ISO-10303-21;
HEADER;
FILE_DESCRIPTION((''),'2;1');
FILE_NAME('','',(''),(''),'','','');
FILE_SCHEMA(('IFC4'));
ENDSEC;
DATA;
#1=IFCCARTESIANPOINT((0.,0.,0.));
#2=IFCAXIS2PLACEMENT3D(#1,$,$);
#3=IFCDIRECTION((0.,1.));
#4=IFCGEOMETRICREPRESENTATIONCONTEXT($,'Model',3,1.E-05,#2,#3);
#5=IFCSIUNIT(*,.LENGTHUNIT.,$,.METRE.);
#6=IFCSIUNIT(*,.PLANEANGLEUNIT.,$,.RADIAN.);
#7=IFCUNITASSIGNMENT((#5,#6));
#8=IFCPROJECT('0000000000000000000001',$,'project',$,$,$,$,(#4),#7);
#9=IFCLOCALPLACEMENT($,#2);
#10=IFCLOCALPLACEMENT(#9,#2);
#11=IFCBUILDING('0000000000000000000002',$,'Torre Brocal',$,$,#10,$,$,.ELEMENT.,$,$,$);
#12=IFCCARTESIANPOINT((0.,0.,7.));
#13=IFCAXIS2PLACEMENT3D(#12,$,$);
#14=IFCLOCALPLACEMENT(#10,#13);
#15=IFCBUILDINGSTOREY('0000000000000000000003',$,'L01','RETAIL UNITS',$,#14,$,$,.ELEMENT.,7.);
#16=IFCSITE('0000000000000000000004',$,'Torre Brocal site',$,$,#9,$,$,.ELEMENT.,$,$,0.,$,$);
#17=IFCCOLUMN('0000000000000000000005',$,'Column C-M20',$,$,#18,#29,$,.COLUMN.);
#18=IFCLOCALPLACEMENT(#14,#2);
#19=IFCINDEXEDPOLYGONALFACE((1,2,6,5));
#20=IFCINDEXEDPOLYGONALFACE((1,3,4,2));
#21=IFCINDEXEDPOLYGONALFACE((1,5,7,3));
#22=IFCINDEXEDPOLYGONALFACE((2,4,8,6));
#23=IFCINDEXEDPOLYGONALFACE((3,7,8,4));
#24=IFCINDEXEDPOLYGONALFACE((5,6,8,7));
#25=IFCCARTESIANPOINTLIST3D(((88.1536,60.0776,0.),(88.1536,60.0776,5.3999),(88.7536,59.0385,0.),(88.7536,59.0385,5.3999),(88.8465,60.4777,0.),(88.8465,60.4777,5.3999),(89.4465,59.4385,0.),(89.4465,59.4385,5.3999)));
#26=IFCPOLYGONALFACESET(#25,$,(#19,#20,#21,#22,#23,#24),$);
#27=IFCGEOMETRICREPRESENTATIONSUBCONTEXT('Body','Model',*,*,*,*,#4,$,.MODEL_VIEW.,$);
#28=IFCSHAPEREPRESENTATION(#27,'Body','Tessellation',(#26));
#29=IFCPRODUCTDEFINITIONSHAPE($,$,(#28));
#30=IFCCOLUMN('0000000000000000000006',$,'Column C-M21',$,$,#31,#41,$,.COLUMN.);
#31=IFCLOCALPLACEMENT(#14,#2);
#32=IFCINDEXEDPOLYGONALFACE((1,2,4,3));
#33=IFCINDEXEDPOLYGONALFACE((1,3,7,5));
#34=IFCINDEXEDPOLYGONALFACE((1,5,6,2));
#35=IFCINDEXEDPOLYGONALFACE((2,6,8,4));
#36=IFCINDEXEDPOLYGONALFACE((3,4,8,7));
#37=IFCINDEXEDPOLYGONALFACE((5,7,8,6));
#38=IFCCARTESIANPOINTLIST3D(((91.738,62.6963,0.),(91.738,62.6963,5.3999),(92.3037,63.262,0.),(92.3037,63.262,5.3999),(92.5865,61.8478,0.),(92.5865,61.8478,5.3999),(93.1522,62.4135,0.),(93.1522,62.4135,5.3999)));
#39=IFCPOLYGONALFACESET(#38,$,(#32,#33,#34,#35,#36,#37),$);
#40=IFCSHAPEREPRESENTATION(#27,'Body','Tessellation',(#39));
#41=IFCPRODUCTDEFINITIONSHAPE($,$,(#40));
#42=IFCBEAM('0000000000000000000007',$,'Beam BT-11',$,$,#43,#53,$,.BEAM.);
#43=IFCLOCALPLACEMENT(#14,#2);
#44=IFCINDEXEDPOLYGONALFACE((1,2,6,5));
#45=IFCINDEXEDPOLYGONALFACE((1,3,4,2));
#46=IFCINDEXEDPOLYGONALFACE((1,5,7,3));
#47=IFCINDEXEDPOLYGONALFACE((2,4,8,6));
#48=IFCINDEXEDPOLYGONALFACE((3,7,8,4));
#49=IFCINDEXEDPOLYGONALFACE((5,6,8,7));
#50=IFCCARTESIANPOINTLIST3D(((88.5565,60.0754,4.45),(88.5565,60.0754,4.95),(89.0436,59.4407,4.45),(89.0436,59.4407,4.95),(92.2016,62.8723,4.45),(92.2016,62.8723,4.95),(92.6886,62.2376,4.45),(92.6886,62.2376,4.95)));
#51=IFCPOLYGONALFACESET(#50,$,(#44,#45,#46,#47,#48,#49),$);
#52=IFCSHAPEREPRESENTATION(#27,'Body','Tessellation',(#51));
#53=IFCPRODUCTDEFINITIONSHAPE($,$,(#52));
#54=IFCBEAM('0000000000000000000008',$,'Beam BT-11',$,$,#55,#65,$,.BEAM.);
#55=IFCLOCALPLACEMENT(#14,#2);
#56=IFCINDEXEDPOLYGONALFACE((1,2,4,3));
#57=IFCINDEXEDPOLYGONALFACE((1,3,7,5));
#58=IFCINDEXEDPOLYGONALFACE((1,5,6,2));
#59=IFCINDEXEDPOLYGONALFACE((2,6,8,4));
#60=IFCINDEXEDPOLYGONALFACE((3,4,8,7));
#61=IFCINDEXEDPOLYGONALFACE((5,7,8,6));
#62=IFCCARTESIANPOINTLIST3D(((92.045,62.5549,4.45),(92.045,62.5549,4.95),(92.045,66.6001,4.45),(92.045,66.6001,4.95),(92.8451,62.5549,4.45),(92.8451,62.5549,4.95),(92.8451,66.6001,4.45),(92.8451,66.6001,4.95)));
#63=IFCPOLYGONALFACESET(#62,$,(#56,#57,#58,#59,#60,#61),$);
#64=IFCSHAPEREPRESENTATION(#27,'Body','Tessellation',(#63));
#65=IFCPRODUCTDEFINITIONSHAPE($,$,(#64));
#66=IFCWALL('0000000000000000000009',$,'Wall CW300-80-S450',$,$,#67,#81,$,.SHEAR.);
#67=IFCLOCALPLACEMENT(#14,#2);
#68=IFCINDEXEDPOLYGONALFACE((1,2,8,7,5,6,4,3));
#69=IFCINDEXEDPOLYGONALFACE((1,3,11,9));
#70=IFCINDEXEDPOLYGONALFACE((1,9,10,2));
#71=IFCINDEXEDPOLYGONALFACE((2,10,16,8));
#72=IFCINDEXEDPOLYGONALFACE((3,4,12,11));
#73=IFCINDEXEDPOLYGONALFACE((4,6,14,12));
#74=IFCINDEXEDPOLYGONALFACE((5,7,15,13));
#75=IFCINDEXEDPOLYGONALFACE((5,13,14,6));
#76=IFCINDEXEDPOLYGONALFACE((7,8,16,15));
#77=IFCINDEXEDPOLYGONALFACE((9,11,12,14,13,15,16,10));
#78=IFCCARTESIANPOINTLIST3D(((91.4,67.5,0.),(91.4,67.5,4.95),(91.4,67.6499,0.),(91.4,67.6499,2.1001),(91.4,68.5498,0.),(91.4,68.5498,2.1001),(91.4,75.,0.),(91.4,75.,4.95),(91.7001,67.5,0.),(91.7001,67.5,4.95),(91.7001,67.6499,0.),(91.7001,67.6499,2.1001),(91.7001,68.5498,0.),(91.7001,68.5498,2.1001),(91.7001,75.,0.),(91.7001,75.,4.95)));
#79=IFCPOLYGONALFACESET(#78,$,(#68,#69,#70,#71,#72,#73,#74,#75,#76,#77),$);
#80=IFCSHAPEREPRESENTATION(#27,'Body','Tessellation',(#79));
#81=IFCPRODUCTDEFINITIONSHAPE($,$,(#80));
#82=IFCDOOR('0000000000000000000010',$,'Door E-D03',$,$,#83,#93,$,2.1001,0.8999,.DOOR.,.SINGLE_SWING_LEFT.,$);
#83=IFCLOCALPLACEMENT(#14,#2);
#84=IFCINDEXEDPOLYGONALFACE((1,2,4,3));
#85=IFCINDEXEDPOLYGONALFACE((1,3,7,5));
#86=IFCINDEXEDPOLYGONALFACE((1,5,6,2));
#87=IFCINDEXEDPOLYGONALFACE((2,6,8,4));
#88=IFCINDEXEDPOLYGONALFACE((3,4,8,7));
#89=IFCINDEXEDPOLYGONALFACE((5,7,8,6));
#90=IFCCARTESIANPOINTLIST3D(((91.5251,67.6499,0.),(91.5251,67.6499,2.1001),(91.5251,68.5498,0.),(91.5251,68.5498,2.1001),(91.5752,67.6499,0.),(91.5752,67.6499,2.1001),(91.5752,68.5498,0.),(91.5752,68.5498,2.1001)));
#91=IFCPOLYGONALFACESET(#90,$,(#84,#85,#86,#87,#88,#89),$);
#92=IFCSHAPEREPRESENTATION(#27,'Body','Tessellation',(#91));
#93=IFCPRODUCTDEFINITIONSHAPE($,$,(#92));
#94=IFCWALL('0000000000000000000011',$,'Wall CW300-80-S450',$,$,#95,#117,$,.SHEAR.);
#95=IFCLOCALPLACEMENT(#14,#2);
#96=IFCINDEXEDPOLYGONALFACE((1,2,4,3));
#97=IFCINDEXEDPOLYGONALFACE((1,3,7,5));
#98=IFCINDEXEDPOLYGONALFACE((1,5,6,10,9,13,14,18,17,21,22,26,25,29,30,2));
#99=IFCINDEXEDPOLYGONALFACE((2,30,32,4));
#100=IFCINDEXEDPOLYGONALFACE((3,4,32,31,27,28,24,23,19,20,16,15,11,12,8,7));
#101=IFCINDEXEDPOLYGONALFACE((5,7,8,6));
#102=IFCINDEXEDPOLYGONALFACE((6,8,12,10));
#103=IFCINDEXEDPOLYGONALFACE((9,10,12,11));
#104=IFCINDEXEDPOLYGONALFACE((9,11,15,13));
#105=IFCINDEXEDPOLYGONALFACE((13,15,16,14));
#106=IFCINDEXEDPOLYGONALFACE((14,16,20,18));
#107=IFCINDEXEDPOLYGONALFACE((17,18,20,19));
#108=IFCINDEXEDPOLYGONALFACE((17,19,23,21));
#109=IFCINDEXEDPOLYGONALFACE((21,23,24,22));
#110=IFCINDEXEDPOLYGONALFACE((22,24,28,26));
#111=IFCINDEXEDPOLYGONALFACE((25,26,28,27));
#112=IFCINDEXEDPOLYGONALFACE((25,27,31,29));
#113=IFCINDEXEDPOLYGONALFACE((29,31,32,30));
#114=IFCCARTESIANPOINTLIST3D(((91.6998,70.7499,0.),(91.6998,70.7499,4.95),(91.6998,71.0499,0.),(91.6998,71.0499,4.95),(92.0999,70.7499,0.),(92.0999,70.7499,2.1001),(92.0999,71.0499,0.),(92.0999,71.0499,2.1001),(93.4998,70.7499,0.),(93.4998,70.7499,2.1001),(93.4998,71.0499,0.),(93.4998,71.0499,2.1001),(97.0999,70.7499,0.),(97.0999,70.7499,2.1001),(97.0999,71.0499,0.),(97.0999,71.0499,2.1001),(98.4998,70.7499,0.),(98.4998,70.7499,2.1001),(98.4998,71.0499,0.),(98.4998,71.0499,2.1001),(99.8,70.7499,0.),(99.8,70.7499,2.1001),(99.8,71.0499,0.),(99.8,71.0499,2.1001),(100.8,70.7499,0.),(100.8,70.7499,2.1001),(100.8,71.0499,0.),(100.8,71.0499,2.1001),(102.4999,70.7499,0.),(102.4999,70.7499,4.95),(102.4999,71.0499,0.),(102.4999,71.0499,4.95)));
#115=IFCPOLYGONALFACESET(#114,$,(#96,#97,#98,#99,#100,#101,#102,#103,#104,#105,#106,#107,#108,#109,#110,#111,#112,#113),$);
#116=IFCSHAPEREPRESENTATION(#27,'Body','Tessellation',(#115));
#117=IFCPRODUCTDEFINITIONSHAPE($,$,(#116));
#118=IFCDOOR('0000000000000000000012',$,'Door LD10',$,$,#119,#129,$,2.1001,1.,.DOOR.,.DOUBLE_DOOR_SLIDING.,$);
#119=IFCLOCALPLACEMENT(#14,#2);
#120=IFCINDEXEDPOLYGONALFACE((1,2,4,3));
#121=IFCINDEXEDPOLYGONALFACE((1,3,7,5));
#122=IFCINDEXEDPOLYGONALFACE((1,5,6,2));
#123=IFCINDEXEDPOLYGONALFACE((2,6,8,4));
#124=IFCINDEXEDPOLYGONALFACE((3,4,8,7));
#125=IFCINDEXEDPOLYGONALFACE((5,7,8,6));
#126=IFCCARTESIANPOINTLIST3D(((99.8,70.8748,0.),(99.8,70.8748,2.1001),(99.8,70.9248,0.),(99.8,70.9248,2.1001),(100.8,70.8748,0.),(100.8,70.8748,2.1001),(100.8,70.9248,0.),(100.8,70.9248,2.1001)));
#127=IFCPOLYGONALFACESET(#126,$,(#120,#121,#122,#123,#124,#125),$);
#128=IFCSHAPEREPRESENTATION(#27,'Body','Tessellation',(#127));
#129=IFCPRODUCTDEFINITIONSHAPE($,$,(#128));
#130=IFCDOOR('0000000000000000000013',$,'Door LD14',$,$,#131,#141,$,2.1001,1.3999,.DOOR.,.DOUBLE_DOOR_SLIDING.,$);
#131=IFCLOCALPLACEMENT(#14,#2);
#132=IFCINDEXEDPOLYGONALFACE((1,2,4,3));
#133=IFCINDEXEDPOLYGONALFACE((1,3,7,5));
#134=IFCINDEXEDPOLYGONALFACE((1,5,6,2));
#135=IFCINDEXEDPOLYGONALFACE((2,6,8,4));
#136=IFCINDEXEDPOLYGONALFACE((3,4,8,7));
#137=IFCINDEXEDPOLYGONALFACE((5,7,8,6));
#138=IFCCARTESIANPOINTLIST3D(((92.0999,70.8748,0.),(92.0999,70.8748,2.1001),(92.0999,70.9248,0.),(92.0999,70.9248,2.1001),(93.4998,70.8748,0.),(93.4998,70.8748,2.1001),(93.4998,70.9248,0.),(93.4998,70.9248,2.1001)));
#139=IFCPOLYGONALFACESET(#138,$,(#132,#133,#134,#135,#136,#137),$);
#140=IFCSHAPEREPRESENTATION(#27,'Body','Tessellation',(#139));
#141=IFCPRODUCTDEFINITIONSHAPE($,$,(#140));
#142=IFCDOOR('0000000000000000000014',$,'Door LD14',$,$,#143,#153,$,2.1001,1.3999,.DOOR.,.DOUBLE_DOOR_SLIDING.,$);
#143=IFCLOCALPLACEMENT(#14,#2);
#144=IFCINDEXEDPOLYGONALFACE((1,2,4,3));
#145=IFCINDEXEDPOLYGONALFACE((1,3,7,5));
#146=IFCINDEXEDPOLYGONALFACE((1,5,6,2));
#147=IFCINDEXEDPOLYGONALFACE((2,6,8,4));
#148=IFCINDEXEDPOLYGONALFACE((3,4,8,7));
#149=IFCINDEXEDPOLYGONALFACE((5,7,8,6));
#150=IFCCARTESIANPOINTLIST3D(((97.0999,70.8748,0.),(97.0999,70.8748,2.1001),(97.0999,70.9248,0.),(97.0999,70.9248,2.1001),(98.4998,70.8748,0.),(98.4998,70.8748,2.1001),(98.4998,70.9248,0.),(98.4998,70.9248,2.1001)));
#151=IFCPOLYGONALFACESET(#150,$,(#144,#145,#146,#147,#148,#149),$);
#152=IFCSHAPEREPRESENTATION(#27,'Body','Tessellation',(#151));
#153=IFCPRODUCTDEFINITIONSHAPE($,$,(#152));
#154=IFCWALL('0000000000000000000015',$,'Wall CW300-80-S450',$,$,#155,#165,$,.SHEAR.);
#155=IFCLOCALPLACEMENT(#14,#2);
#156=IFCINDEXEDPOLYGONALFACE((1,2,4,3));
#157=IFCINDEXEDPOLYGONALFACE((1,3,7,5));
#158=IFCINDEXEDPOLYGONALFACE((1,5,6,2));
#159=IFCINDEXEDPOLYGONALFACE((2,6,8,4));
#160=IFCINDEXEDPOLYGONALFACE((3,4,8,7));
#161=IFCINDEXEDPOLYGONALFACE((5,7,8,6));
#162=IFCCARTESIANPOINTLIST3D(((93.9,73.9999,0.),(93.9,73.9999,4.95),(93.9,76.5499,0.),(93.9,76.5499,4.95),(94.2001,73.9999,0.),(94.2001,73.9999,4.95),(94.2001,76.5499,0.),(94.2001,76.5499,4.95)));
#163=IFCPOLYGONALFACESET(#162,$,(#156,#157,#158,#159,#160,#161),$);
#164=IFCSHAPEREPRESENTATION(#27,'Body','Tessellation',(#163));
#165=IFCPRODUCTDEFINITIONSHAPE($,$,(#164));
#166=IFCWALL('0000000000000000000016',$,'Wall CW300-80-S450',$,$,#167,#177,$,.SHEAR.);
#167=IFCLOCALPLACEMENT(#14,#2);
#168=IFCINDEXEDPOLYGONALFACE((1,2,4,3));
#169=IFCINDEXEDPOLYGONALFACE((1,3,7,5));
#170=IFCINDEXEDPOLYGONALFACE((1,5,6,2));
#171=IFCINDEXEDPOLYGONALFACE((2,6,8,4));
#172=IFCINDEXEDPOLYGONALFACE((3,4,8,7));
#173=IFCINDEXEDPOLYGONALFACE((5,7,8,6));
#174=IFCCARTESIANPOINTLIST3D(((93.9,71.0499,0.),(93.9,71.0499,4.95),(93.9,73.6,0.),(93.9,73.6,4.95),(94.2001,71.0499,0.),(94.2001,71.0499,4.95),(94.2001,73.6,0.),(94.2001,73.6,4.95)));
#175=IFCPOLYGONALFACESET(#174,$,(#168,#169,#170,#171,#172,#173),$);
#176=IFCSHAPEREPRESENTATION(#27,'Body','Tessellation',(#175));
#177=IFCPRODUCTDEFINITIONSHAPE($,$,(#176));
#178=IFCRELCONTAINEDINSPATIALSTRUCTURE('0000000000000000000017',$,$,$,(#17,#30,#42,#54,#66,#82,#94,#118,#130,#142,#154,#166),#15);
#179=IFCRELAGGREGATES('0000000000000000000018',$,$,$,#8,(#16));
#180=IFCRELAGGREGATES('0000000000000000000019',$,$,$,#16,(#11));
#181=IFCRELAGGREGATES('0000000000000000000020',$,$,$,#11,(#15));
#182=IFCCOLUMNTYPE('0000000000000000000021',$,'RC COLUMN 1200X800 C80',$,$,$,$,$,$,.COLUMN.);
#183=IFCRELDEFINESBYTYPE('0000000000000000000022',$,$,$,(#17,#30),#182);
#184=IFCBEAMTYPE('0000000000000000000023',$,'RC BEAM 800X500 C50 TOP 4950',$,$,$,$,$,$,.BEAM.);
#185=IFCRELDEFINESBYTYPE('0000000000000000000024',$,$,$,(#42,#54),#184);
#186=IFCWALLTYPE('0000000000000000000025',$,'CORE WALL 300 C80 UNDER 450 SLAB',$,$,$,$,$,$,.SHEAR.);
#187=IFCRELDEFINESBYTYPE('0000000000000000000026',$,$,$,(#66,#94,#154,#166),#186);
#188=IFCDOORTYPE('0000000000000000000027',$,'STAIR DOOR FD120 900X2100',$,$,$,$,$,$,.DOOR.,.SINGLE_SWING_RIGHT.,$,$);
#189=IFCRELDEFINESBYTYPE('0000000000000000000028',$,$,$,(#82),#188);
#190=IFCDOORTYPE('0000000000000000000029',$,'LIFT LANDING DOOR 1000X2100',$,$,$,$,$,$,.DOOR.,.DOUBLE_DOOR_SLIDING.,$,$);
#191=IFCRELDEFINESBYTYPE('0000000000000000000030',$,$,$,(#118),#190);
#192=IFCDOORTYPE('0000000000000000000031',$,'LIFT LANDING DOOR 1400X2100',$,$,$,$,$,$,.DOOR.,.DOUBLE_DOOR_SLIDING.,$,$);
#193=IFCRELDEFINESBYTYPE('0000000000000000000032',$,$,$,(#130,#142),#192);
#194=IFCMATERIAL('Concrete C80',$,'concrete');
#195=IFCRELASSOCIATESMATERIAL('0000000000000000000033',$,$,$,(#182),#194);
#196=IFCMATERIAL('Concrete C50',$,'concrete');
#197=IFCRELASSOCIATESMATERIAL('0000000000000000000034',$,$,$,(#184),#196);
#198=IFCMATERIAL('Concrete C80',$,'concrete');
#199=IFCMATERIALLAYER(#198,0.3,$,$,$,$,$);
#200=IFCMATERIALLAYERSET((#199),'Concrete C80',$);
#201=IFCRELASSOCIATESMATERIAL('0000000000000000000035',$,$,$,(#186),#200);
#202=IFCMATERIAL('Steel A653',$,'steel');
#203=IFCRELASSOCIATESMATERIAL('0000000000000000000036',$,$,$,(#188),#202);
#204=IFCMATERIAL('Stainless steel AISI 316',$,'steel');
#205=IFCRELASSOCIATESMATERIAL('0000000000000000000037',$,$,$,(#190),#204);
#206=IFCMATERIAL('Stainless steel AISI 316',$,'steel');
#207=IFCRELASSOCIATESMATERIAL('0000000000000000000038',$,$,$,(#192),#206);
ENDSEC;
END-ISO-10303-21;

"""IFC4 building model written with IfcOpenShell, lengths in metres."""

from ifc_helpers import new_model, si_unit, direction, frame, frame_2d, origin, origin_2d, place, context, subcontext, project, spatial, rectangle, extrude, material, layer, layer_set, material_profile, profile_set, type_object, element, fill, save


model = new_model("IFC4")

# Units and contexts
model_context = context("Model", 3, precision=1e-05, world=origin(), true_north=direction((0.0, 1.0)))
body_context = subcontext(model_context, "Body", "Model", "MODEL_VIEW")
ifc_project = project(units=[si_unit("LENGTHUNIT", "METRE"), si_unit("PLANEANGLEUNIT", "RADIAN")], contexts=[model_context])

# Site, building, storey
site_placement = place(None, origin())
site = spatial("IfcSite", under=ifc_project, at=site_placement, Name="Torre Brocal site", CompositionType="ELEMENT", RefElevation=0.0)
building_placement = place(site_placement, origin())
building = spatial("IfcBuilding", under=site, at=building_placement, Name="Torre Brocal", CompositionType="ELEMENT")
storey_placement = place(building_placement, frame((0.0, 0.0, 7.0)))
storey = spatial("IfcBuildingStorey", under=building, at=storey_placement, Name="L01", Description="RETAIL UNITS", CompositionType="ELEMENT", Elevation=7.0)

# Columns
ifc_material_1 = material(Name="Concrete C80", Category="concrete")
ifc_material_profile_1 = material_profile(ifc_material_1, rectangle(XDim=1.2, YDim=0.8, at=origin_2d()), Name="RC 1200X800")
ifc_profile_set_1 = profile_set([ifc_material_profile_1], Name="Concrete C80")
column_type = type_object("IfcColumnType", Name="RC COLUMN 1200X800 C80", PredefinedType="COLUMN", material=ifc_profile_set_1)
for number, where, z_axis, x_axis, name in (
    (1, (88.8, 59.7581, 0.0), (0.0, 0.0, 1.0), (0.5, -0.866025, 0.0), "Column C-M20"),
    (2, (92.4451, 62.5549, 0.0), (0.0, 0.0, 1.0), (0.707107, -0.707107, 0.0), "Column C-M21"),
):
    element("IfcColumn", number, at=place(storey_placement, frame(where, z_axis=z_axis, x_axis=x_axis)), inside=storey, type_object=column_type, Name=name, PredefinedType="COLUMN", context=body_context, shape_type="SweptSolid", body=[
        extrude(rectangle(XDim=1.2, YDim=0.8, at=origin_2d()), origin(), (0.0, 0.0, 1.0), 5.3999),
    ])

# Beams
ifc_material_2 = material(Name="Concrete C50", Category="concrete")
ifc_material_profile_2 = material_profile(ifc_material_2, rectangle(XDim=0.8, YDim=0.5, at=origin_2d()), Name="RC 800X500")
ifc_profile_set_2 = profile_set([ifc_material_profile_2], Name="Concrete C50")
beam_type = type_object("IfcBeamType", Name="RC BEAM 800X500 C50 TOP 4950", PredefinedType="BEAM", material=ifc_profile_set_2)
beam_1_placement = place(storey_placement, frame((88.8, 59.7581, 4.7), z_axis=(0.793358, 0.608755, 0.0), x_axis=(-0.608755, 0.793358, 0.0)))
element("IfcBeam", 3, at=beam_1_placement, inside=storey, type_object=beam_type, Name="Beam BT-11", PredefinedType="BEAM", context=body_context, shape_type="SweptSolid", body=[
    extrude(rectangle(XDim=0.8, YDim=0.5, at=origin_2d()), origin(), (0.0, 0.0, 1.0), 4.5945),
])
beam_2_placement = place(storey_placement, frame((92.4451, 62.5549, 4.7), z_axis=(0.0, 1.0, 0.0), x_axis=(-1.0, 0.0, 0.0)))
element("IfcBeam", 4, at=beam_2_placement, inside=storey, type_object=beam_type, Name="Beam BT-11", PredefinedType="BEAM", context=body_context, shape_type="SweptSolid", body=[
    extrude(rectangle(XDim=0.8, YDim=0.5, at=origin_2d()), origin(), (0.0, 0.0, 1.0), 4.0452),
])

# Wall, opening, door
ifc_material_3 = material(Name="Concrete C80", Category="concrete")
ifc_layer_1 = layer(ifc_material_3, 0.3)
ifc_layer_set_1 = layer_set([ifc_layer_1], Name="Concrete C80")
wall_type_1 = type_object("IfcWallType", Name="CORE WALL 300 C80 UNDER 450 SLAB", PredefinedType="SHEAR", material=ifc_layer_set_1)
wall_1_placement = place(storey_placement, frame((91.55, 67.5, 0.0), z_axis=(0.0, 0.0, 1.0), x_axis=(0.0, 1.0, 0.0)))
wall_1 = element("IfcWall", 5, at=wall_1_placement, inside=storey, type_object=wall_type_1, Name="Wall CW300-80-S450", PredefinedType="SHEAR", context=body_context, shape_type="SweptSolid", body=[
    extrude(rectangle(XDim=7.5, YDim=0.3, at=frame_2d((3.75, 0.0))), origin(), (0.0, 0.0, 1.0), 4.95),
])
opening_1_placement = place(wall_1_placement, frame((0.1499, 0.0, 0.0)))
opening_1 = element("IfcOpeningElement", 6, at=opening_1_placement, cuts=wall_1, PredefinedType="OPENING", context=body_context, shape_type="SweptSolid", body=[
    extrude(rectangle(XDim=0.8999, YDim=2.1001, at=frame_2d((0.45, 1.05))), frame((0.0, 0.1599, 0.0), z_axis=(0.0, -1.0, 0.0), x_axis=(1.0, 0.0, 0.0)), (0.0, 0.0, 1.0), 0.3201),
])
ifc_material_4 = material(Name="Steel A653", Category="steel")
door_type_1 = type_object("IfcDoorType", Name="STAIR DOOR FD120 900X2100", OperationType="SINGLE_SWING_RIGHT", PredefinedType="DOOR", material=ifc_material_4)
door_1_placement = place(opening_1_placement, origin())
door_1 = element("IfcDoor", 7, at=door_1_placement, inside=storey, type_object=door_type_1, Name="Door E-D03", OperationType="SINGLE_SWING_LEFT", OverallHeight=2.1001, OverallWidth=0.8999, PredefinedType="DOOR", context=body_context, shape_type="SweptSolid", body=[
    extrude(rectangle(XDim=0.8999, YDim=2.1001, at=frame_2d((0.45, 1.05))), frame((0.0, 0.0249, 0.0), z_axis=(0.0, -1.0, 0.0), x_axis=(1.0, 0.0, 0.0)), (0.0, 0.0, 1.0), 0.05),
])
fill(opening_1, door_1)

# Wall, openings, doors
wall_2_placement = place(storey_placement, frame((91.7, 70.8999, 0.0), z_axis=(0.0, 0.0, 1.0), x_axis=(1.0, 0.0, 0.0)))
wall_2 = element("IfcWall", 8, at=wall_2_placement, inside=storey, type_object=wall_type_1, Name="Wall CW300-80-S450", PredefinedType="SHEAR", context=body_context, shape_type="SweptSolid", body=[
    extrude(rectangle(XDim=10.8, YDim=0.3, at=frame_2d((5.3999, 0.0))), origin(), (0.0, 0.0, 1.0), 4.95),
])
opening_2_placement = place(wall_2_placement, frame((0.3999, 0.0, 0.0)))
opening_2 = element("IfcOpeningElement", 9, at=opening_2_placement, cuts=wall_2, PredefinedType="OPENING", context=body_context, shape_type="SweptSolid", body=[
    extrude(rectangle(XDim=1.3999, YDim=2.1001, at=frame_2d((0.7, 1.05))), frame((0.0, 0.1599, 0.0), z_axis=(0.0, -1.0, 0.0), x_axis=(1.0, 0.0, 0.0)), (0.0, 0.0, 1.0), 0.3201),
])
opening_3_placement = place(wall_2_placement, frame((5.3999, 0.0, 0.0)))
opening_3 = element("IfcOpeningElement", 10, at=opening_3_placement, cuts=wall_2, PredefinedType="OPENING", context=body_context, shape_type="SweptSolid", body=[
    extrude(rectangle(XDim=1.3999, YDim=2.1001, at=frame_2d((0.7, 1.05))), frame((0.0, 0.1599, 0.0), z_axis=(0.0, -1.0, 0.0), x_axis=(1.0, 0.0, 0.0)), (0.0, 0.0, 1.0), 0.3201),
])
opening_4_placement = place(wall_2_placement, frame((8.1001, 0.0, 0.0)))
opening_4 = element("IfcOpeningElement", 11, at=opening_4_placement, cuts=wall_2, PredefinedType="OPENING", context=body_context, shape_type="SweptSolid", body=[
    extrude(rectangle(XDim=1.0, YDim=2.1001, at=frame_2d((0.5, 1.05))), frame((0.0, 0.1599, 0.0), z_axis=(0.0, -1.0, 0.0), x_axis=(1.0, 0.0, 0.0)), (0.0, 0.0, 1.0), 0.3201),
])
ifc_material_5 = material(Name="Stainless steel AISI 316", Category="steel")
door_type_2 = type_object("IfcDoorType", Name="LIFT LANDING DOOR 1000X2100", OperationType="DOUBLE_DOOR_SLIDING", PredefinedType="DOOR", material=ifc_material_5)
door_2_placement = place(opening_4_placement, origin())
door_2 = element("IfcDoor", 12, at=door_2_placement, inside=storey, type_object=door_type_2, Name="Door LD10", OperationType="DOUBLE_DOOR_SLIDING", OverallHeight=2.1001, OverallWidth=1.0, PredefinedType="DOOR", context=body_context, shape_type="SweptSolid", body=[
    extrude(rectangle(XDim=1.0, YDim=2.1001, at=frame_2d((0.5, 1.05))), frame((0.0, 0.0249, 0.0), z_axis=(0.0, -1.0, 0.0), x_axis=(1.0, 0.0, 0.0)), (0.0, 0.0, 1.0), 0.05),
])
fill(opening_4, door_2)
ifc_material_6 = material(Name="Stainless steel AISI 316", Category="steel")
door_type_3 = type_object("IfcDoorType", Name="LIFT LANDING DOOR 1400X2100", OperationType="DOUBLE_DOOR_SLIDING", PredefinedType="DOOR", material=ifc_material_6)
door_3_placement = place(opening_2_placement, origin())
door_3 = element("IfcDoor", 13, at=door_3_placement, inside=storey, type_object=door_type_3, Name="Door LD14", OperationType="DOUBLE_DOOR_SLIDING", OverallHeight=2.1001, OverallWidth=1.3999, PredefinedType="DOOR", context=body_context, shape_type="SweptSolid", body=[
    extrude(rectangle(XDim=1.3999, YDim=2.1001, at=frame_2d((0.7, 1.05))), frame((0.0, 0.0249, 0.0), z_axis=(0.0, -1.0, 0.0), x_axis=(1.0, 0.0, 0.0)), (0.0, 0.0, 1.0), 0.05),
])
fill(opening_2, door_3)
door_4_placement = place(opening_3_placement, origin())
door_4 = element("IfcDoor", 14, at=door_4_placement, inside=storey, type_object=door_type_3, Name="Door LD14", OperationType="DOUBLE_DOOR_SLIDING", OverallHeight=2.1001, OverallWidth=1.3999, PredefinedType="DOOR", context=body_context, shape_type="SweptSolid", body=[
    extrude(rectangle(XDim=1.3999, YDim=2.1001, at=frame_2d((0.7, 1.05))), frame((0.0, 0.0249, 0.0), z_axis=(0.0, -1.0, 0.0), x_axis=(1.0, 0.0, 0.0)), (0.0, 0.0, 1.0), 0.05),
])
fill(opening_3, door_4)

# Walls
for number, where, z_axis, x_axis, name in (
    (15, (94.05, 74.0, 0.0), (0.0, 0.0, 1.0), (0.0, 1.0, 0.0), "Wall CW300-80-S450"),
    (16, (94.05, 71.05, 0.0), (0.0, 0.0, 1.0), (0.0, 1.0, 0.0), "Wall CW300-80-S450"),
):
    element("IfcWall", number, at=place(storey_placement, frame(where, z_axis=z_axis, x_axis=x_axis)), inside=storey, type_object=wall_type_1, Name=name, PredefinedType="SHEAR", context=body_context, shape_type="SweptSolid", body=[
        extrude(rectangle(XDim=2.55, YDim=0.3, at=frame_2d((1.2749, 0.0))), origin(), (0.0, 0.0, 1.0), 4.95),
    ])

save(model, "model.ifc")
